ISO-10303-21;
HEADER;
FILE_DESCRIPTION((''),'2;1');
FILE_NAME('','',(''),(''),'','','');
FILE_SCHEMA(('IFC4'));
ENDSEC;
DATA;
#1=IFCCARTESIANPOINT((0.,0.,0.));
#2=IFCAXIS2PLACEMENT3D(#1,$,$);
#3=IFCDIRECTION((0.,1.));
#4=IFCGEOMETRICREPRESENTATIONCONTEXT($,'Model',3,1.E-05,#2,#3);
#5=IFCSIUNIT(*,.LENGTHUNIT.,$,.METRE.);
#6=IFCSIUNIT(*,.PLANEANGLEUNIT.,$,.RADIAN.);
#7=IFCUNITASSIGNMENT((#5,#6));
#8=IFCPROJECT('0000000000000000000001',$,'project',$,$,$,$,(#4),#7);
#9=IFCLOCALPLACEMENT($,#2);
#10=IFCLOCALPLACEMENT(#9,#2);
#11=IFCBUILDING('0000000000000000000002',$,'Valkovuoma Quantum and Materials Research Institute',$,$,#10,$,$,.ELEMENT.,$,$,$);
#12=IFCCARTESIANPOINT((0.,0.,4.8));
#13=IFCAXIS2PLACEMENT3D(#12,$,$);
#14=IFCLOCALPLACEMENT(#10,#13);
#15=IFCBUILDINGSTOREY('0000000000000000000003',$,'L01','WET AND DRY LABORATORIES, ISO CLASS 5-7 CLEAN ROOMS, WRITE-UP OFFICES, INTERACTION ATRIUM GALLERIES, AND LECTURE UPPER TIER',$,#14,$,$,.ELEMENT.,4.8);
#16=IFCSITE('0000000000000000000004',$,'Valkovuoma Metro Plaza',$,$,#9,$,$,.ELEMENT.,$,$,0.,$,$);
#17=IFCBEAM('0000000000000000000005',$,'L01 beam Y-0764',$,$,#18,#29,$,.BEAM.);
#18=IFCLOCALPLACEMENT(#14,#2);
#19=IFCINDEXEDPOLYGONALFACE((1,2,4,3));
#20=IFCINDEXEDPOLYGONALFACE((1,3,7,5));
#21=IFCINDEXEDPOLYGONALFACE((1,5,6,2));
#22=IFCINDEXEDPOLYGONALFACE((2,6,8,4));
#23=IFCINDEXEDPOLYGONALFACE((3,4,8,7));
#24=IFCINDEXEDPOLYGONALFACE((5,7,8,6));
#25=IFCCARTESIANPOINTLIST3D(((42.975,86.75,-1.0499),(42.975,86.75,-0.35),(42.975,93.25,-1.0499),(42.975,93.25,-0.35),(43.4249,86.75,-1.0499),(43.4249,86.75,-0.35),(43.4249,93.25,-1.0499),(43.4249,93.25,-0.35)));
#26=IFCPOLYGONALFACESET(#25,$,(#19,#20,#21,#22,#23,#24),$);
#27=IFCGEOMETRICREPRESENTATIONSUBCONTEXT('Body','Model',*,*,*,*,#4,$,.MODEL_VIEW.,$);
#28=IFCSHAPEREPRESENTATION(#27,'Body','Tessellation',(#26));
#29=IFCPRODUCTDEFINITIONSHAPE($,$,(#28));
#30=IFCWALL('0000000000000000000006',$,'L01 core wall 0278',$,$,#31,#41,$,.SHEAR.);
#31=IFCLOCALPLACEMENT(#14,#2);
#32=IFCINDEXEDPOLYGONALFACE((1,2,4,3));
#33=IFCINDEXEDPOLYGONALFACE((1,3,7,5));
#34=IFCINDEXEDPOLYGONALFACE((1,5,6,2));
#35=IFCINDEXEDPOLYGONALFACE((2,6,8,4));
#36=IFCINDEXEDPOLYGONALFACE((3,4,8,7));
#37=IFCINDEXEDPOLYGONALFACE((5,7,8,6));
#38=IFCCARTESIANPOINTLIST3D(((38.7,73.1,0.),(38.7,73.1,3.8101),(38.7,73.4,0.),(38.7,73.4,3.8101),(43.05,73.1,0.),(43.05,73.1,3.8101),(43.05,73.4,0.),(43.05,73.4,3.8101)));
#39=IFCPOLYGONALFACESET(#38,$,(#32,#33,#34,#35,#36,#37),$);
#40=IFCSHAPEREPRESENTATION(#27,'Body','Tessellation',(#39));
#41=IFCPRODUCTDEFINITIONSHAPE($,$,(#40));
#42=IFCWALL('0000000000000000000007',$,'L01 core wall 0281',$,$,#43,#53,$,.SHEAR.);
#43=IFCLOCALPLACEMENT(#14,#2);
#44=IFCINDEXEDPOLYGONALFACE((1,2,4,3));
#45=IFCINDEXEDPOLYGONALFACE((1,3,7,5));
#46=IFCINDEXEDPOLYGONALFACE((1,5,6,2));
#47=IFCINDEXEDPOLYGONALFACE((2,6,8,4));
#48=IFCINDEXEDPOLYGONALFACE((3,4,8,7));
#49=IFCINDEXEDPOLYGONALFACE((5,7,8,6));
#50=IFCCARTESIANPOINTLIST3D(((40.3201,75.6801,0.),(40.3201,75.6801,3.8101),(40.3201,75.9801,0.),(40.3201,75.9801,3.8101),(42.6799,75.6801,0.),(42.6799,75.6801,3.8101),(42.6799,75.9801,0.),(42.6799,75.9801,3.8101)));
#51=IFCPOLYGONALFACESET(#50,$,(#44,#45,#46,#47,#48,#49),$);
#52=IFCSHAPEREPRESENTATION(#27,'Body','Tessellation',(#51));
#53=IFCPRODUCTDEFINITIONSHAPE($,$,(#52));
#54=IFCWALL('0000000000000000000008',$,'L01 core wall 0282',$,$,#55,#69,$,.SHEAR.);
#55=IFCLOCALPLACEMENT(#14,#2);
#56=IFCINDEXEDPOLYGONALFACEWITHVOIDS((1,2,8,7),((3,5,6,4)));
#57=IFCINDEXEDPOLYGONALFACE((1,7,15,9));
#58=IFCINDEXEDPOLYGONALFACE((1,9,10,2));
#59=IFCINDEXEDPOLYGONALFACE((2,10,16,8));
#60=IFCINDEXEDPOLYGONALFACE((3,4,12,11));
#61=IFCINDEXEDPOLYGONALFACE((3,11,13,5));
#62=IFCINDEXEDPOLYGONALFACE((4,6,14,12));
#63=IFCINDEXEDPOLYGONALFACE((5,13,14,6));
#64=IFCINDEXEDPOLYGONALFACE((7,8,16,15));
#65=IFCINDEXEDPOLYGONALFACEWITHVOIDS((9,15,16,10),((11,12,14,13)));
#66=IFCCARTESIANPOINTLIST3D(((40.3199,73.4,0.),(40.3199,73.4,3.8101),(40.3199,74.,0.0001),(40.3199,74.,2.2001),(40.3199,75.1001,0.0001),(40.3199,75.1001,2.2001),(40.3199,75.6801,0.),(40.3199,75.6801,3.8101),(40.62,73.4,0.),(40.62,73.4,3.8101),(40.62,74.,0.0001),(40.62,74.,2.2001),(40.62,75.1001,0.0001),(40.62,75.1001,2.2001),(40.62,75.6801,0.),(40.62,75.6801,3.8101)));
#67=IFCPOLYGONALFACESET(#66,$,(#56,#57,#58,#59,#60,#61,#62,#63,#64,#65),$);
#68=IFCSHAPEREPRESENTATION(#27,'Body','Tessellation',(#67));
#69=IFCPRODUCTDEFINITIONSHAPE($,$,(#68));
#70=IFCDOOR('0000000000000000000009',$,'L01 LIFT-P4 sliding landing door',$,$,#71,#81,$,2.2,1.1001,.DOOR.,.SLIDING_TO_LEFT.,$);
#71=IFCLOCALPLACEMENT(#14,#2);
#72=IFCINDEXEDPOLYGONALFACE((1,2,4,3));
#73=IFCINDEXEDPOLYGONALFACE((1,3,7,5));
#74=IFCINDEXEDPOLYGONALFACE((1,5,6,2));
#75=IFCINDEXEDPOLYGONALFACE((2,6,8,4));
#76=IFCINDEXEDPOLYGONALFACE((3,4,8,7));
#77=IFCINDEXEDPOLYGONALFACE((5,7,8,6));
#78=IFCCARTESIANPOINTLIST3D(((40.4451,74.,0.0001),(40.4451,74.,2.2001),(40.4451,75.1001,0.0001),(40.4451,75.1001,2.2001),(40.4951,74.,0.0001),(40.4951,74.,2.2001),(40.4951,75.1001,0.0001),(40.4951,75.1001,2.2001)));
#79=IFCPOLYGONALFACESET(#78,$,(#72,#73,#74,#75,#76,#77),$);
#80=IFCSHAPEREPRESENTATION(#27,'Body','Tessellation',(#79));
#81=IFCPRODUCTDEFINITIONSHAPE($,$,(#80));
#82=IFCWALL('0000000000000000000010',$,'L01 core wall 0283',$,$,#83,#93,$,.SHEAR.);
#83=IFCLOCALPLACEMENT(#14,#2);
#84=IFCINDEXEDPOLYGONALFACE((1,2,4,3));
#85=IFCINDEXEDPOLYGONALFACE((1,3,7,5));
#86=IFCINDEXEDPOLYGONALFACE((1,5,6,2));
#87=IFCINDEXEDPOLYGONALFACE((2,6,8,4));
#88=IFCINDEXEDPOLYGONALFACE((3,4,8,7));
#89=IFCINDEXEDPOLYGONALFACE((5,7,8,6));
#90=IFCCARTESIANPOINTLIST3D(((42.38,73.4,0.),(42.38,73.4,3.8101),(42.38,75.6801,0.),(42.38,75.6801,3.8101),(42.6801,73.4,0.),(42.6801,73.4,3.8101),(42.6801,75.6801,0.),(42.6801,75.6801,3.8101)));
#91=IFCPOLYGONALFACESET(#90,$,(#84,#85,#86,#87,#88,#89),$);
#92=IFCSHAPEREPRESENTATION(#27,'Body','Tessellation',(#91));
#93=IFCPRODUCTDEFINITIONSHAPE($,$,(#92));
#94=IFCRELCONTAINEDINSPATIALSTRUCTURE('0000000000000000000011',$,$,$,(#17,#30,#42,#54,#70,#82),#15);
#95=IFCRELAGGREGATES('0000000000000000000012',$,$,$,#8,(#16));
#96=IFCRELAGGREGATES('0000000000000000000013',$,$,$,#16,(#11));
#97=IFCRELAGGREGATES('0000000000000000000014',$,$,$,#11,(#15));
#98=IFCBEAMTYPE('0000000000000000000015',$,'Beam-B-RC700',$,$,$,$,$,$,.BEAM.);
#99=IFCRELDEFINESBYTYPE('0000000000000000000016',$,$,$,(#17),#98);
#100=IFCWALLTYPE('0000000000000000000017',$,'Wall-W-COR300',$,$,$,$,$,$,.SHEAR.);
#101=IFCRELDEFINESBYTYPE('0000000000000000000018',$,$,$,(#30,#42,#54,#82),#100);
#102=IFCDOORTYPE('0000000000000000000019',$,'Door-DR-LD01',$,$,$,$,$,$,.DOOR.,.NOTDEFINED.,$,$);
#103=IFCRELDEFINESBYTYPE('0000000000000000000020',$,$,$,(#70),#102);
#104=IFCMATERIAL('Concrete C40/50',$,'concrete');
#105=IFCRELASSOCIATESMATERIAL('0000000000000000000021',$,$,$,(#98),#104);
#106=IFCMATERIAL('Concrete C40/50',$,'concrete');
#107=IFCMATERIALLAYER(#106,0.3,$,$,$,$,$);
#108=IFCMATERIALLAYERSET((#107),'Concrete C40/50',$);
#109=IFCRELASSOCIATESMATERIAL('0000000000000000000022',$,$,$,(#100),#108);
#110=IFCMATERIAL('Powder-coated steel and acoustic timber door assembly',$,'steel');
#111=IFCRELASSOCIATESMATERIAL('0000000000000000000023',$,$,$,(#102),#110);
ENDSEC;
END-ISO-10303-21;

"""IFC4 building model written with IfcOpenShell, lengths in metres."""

from ifc_helpers import new_model, si_unit, direction, frame, frame_2d, origin, origin_2d, place, context, subcontext, project, spatial, rectangle, extrude, material, layer, layer_set, material_profile, profile_set, type_object, element, fill, save


model = new_model("IFC4")

# Units and contexts
model_context = context("Model", 3, precision=1e-05, world=origin(), true_north=direction((0.0, 1.0)))
body_context = subcontext(model_context, "Body", "Model", "MODEL_VIEW")
ifc_project = project(units=[si_unit("LENGTHUNIT", "METRE"), si_unit("PLANEANGLEUNIT", "RADIAN")], contexts=[model_context])

# Site, building, storey
site_placement = place(None, origin())
site = spatial("IfcSite", under=ifc_project, at=site_placement, Name="Valkovuoma Metro Plaza", CompositionType="ELEMENT", RefElevation=0.0)
building_placement = place(site_placement, origin())
building = spatial("IfcBuilding", under=site, at=building_placement, Name="Valkovuoma Quantum and Materials Research Institute", CompositionType="ELEMENT")
storey_placement = place(building_placement, frame((0.0, 0.0, 4.8)))
storey = spatial("IfcBuildingStorey", under=building, at=storey_placement, Name="L01", Description="WET AND DRY LABORATORIES, ISO CLASS 5-7 CLEAN ROOMS, WRITE-UP OFFICES, INTERACTION ATRIUM GALLERIES, AND LECTURE UPPER TIER", CompositionType="ELEMENT", Elevation=4.8)

# Beam
ifc_material_1 = material(Name="Concrete C40/50", Category="concrete")
ifc_material_profile_1 = material_profile(ifc_material_1, rectangle(XDim=0.45, YDim=0.7, at=origin_2d()), Name="Concrete C40/50")
ifc_profile_set_1 = profile_set([ifc_material_profile_1], Name="Concrete C40/50")
beam_type_1 = type_object("IfcBeamType", Name="Beam-B-RC700", PredefinedType="BEAM", material=ifc_profile_set_1)
for number, where, z_axis, x_axis, name in (
    (1, (43.2, 86.75, -0.7), (0.0, 1.0, 0.0), (-1.0, 0.0, 0.0), "L01 beam Y-0764"),
):
    element("IfcBeam", number, at=place(storey_placement, frame(where, z_axis=z_axis, x_axis=x_axis)), inside=storey, type_object=beam_type_1, Name=name, PredefinedType="BEAM", context=body_context, shape_type="SweptSolid", body=[
        extrude(rectangle(XDim=0.45, YDim=0.7, at=origin_2d()), origin(), (0.0, 0.0, 1.0), 6.5),
    ])

# Walls
ifc_material_2 = material(Name="Concrete C40/50", Category="concrete")
ifc_layer = layer(ifc_material_2, 0.3)
ifc_layer_set = layer_set([ifc_layer], Name="Concrete C40/50")
wall_type = type_object("IfcWallType", Name="Wall-W-COR300", PredefinedType="SHEAR", material=ifc_layer_set)
wall_1_placement = place(storey_placement, frame((38.7, 73.25, 0.0), z_axis=(0.0, 0.0, 1.0), x_axis=(1.0, 0.0, 0.0)))
element("IfcWall", 2, at=wall_1_placement, inside=storey, type_object=wall_type, Name="L01 core wall 0278", PredefinedType="SHEAR", context=body_context, shape_type="SweptSolid", body=[
    extrude(rectangle(XDim=4.3501, YDim=0.3, at=frame_2d((2.175, 0.0))), origin(), (0.0, 0.0, 1.0), 3.8101),
])
wall_2_placement = place(storey_placement, frame((40.3201, 75.8301, 0.0), z_axis=(0.0, 0.0, 1.0), x_axis=(1.0, 0.0, 0.0)))
element("IfcWall", 3, at=wall_2_placement, inside=storey, type_object=wall_type, Name="L01 core wall 0281", PredefinedType="SHEAR", context=body_context, shape_type="SweptSolid", body=[
    extrude(rectangle(XDim=2.3599, YDim=0.3, at=frame_2d((1.1799, 0.0))), origin(), (0.0, 0.0, 1.0), 3.8101),
])

# Wall, opening, door
wall_3_placement = place(storey_placement, frame((40.47, 73.3999, 0.0), z_axis=(0.0, 0.0, 1.0), x_axis=(0.0, 1.0, 0.0)))
wall_3 = element("IfcWall", 4, at=wall_3_placement, inside=storey, type_object=wall_type, Name="L01 core wall 0282", PredefinedType="SHEAR", context=body_context, shape_type="SweptSolid", body=[
    extrude(rectangle(XDim=2.28, YDim=0.3, at=frame_2d((1.1401, 0.0))), origin(), (0.0, 0.0, 1.0), 3.8101),
])
opening_placement = place(wall_3_placement, frame((0.6001, 0.0, 0.0)))
opening = element("IfcOpeningElement", 5, at=opening_placement, cuts=wall_3, PredefinedType="OPENING", context=body_context, shape_type="SweptSolid", body=[
    extrude(rectangle(XDim=1.1001, YDim=2.2, at=frame_2d((0.55, 1.1001))), frame((0.0, 0.1602, 0.0), z_axis=(0.0, -1.0, 0.0), x_axis=(1.0, 0.0, 0.0)), (0.0, 0.0, 1.0), 0.3201),
])
ifc_material_3 = material(Name="Powder-coated steel and acoustic timber door assembly", Category="steel")
door_type = type_object("IfcDoorType", Name="Door-DR-LD01", OperationType="NOTDEFINED", PredefinedType="DOOR", material=ifc_material_3)
door_placement = place(opening_placement, origin())
door = element("IfcDoor", 6, at=door_placement, inside=storey, type_object=door_type, Name="L01 LIFT-P4 sliding landing door", OperationType="SLIDING_TO_LEFT", OverallHeight=2.2, OverallWidth=1.1001, PredefinedType="DOOR", context=body_context, shape_type="SweptSolid", body=[
    extrude(rectangle(XDim=1.1001, YDim=2.2, at=frame_2d((0.55, 1.1001))), frame((0.0, 0.0249, 0.0), z_axis=(0.0, -1.0, 0.0), x_axis=(1.0, 0.0, 0.0)), (0.0, 0.0, 1.0), 0.05),
])
fill(opening, door)

# Wall
wall_4_placement = place(storey_placement, frame((42.53, 73.3999, 0.0), z_axis=(0.0, 0.0, 1.0), x_axis=(0.0, 1.0, 0.0)))
element("IfcWall", 7, at=wall_4_placement, inside=storey, type_object=wall_type, Name="L01 core wall 0283", PredefinedType="SHEAR", context=body_context, shape_type="SweptSolid", body=[
    extrude(rectangle(XDim=2.28, YDim=0.3, at=frame_2d((1.1401, 0.0))), origin(), (0.0, 0.0, 1.0), 3.8101),
])

save(model, "model.ifc")
